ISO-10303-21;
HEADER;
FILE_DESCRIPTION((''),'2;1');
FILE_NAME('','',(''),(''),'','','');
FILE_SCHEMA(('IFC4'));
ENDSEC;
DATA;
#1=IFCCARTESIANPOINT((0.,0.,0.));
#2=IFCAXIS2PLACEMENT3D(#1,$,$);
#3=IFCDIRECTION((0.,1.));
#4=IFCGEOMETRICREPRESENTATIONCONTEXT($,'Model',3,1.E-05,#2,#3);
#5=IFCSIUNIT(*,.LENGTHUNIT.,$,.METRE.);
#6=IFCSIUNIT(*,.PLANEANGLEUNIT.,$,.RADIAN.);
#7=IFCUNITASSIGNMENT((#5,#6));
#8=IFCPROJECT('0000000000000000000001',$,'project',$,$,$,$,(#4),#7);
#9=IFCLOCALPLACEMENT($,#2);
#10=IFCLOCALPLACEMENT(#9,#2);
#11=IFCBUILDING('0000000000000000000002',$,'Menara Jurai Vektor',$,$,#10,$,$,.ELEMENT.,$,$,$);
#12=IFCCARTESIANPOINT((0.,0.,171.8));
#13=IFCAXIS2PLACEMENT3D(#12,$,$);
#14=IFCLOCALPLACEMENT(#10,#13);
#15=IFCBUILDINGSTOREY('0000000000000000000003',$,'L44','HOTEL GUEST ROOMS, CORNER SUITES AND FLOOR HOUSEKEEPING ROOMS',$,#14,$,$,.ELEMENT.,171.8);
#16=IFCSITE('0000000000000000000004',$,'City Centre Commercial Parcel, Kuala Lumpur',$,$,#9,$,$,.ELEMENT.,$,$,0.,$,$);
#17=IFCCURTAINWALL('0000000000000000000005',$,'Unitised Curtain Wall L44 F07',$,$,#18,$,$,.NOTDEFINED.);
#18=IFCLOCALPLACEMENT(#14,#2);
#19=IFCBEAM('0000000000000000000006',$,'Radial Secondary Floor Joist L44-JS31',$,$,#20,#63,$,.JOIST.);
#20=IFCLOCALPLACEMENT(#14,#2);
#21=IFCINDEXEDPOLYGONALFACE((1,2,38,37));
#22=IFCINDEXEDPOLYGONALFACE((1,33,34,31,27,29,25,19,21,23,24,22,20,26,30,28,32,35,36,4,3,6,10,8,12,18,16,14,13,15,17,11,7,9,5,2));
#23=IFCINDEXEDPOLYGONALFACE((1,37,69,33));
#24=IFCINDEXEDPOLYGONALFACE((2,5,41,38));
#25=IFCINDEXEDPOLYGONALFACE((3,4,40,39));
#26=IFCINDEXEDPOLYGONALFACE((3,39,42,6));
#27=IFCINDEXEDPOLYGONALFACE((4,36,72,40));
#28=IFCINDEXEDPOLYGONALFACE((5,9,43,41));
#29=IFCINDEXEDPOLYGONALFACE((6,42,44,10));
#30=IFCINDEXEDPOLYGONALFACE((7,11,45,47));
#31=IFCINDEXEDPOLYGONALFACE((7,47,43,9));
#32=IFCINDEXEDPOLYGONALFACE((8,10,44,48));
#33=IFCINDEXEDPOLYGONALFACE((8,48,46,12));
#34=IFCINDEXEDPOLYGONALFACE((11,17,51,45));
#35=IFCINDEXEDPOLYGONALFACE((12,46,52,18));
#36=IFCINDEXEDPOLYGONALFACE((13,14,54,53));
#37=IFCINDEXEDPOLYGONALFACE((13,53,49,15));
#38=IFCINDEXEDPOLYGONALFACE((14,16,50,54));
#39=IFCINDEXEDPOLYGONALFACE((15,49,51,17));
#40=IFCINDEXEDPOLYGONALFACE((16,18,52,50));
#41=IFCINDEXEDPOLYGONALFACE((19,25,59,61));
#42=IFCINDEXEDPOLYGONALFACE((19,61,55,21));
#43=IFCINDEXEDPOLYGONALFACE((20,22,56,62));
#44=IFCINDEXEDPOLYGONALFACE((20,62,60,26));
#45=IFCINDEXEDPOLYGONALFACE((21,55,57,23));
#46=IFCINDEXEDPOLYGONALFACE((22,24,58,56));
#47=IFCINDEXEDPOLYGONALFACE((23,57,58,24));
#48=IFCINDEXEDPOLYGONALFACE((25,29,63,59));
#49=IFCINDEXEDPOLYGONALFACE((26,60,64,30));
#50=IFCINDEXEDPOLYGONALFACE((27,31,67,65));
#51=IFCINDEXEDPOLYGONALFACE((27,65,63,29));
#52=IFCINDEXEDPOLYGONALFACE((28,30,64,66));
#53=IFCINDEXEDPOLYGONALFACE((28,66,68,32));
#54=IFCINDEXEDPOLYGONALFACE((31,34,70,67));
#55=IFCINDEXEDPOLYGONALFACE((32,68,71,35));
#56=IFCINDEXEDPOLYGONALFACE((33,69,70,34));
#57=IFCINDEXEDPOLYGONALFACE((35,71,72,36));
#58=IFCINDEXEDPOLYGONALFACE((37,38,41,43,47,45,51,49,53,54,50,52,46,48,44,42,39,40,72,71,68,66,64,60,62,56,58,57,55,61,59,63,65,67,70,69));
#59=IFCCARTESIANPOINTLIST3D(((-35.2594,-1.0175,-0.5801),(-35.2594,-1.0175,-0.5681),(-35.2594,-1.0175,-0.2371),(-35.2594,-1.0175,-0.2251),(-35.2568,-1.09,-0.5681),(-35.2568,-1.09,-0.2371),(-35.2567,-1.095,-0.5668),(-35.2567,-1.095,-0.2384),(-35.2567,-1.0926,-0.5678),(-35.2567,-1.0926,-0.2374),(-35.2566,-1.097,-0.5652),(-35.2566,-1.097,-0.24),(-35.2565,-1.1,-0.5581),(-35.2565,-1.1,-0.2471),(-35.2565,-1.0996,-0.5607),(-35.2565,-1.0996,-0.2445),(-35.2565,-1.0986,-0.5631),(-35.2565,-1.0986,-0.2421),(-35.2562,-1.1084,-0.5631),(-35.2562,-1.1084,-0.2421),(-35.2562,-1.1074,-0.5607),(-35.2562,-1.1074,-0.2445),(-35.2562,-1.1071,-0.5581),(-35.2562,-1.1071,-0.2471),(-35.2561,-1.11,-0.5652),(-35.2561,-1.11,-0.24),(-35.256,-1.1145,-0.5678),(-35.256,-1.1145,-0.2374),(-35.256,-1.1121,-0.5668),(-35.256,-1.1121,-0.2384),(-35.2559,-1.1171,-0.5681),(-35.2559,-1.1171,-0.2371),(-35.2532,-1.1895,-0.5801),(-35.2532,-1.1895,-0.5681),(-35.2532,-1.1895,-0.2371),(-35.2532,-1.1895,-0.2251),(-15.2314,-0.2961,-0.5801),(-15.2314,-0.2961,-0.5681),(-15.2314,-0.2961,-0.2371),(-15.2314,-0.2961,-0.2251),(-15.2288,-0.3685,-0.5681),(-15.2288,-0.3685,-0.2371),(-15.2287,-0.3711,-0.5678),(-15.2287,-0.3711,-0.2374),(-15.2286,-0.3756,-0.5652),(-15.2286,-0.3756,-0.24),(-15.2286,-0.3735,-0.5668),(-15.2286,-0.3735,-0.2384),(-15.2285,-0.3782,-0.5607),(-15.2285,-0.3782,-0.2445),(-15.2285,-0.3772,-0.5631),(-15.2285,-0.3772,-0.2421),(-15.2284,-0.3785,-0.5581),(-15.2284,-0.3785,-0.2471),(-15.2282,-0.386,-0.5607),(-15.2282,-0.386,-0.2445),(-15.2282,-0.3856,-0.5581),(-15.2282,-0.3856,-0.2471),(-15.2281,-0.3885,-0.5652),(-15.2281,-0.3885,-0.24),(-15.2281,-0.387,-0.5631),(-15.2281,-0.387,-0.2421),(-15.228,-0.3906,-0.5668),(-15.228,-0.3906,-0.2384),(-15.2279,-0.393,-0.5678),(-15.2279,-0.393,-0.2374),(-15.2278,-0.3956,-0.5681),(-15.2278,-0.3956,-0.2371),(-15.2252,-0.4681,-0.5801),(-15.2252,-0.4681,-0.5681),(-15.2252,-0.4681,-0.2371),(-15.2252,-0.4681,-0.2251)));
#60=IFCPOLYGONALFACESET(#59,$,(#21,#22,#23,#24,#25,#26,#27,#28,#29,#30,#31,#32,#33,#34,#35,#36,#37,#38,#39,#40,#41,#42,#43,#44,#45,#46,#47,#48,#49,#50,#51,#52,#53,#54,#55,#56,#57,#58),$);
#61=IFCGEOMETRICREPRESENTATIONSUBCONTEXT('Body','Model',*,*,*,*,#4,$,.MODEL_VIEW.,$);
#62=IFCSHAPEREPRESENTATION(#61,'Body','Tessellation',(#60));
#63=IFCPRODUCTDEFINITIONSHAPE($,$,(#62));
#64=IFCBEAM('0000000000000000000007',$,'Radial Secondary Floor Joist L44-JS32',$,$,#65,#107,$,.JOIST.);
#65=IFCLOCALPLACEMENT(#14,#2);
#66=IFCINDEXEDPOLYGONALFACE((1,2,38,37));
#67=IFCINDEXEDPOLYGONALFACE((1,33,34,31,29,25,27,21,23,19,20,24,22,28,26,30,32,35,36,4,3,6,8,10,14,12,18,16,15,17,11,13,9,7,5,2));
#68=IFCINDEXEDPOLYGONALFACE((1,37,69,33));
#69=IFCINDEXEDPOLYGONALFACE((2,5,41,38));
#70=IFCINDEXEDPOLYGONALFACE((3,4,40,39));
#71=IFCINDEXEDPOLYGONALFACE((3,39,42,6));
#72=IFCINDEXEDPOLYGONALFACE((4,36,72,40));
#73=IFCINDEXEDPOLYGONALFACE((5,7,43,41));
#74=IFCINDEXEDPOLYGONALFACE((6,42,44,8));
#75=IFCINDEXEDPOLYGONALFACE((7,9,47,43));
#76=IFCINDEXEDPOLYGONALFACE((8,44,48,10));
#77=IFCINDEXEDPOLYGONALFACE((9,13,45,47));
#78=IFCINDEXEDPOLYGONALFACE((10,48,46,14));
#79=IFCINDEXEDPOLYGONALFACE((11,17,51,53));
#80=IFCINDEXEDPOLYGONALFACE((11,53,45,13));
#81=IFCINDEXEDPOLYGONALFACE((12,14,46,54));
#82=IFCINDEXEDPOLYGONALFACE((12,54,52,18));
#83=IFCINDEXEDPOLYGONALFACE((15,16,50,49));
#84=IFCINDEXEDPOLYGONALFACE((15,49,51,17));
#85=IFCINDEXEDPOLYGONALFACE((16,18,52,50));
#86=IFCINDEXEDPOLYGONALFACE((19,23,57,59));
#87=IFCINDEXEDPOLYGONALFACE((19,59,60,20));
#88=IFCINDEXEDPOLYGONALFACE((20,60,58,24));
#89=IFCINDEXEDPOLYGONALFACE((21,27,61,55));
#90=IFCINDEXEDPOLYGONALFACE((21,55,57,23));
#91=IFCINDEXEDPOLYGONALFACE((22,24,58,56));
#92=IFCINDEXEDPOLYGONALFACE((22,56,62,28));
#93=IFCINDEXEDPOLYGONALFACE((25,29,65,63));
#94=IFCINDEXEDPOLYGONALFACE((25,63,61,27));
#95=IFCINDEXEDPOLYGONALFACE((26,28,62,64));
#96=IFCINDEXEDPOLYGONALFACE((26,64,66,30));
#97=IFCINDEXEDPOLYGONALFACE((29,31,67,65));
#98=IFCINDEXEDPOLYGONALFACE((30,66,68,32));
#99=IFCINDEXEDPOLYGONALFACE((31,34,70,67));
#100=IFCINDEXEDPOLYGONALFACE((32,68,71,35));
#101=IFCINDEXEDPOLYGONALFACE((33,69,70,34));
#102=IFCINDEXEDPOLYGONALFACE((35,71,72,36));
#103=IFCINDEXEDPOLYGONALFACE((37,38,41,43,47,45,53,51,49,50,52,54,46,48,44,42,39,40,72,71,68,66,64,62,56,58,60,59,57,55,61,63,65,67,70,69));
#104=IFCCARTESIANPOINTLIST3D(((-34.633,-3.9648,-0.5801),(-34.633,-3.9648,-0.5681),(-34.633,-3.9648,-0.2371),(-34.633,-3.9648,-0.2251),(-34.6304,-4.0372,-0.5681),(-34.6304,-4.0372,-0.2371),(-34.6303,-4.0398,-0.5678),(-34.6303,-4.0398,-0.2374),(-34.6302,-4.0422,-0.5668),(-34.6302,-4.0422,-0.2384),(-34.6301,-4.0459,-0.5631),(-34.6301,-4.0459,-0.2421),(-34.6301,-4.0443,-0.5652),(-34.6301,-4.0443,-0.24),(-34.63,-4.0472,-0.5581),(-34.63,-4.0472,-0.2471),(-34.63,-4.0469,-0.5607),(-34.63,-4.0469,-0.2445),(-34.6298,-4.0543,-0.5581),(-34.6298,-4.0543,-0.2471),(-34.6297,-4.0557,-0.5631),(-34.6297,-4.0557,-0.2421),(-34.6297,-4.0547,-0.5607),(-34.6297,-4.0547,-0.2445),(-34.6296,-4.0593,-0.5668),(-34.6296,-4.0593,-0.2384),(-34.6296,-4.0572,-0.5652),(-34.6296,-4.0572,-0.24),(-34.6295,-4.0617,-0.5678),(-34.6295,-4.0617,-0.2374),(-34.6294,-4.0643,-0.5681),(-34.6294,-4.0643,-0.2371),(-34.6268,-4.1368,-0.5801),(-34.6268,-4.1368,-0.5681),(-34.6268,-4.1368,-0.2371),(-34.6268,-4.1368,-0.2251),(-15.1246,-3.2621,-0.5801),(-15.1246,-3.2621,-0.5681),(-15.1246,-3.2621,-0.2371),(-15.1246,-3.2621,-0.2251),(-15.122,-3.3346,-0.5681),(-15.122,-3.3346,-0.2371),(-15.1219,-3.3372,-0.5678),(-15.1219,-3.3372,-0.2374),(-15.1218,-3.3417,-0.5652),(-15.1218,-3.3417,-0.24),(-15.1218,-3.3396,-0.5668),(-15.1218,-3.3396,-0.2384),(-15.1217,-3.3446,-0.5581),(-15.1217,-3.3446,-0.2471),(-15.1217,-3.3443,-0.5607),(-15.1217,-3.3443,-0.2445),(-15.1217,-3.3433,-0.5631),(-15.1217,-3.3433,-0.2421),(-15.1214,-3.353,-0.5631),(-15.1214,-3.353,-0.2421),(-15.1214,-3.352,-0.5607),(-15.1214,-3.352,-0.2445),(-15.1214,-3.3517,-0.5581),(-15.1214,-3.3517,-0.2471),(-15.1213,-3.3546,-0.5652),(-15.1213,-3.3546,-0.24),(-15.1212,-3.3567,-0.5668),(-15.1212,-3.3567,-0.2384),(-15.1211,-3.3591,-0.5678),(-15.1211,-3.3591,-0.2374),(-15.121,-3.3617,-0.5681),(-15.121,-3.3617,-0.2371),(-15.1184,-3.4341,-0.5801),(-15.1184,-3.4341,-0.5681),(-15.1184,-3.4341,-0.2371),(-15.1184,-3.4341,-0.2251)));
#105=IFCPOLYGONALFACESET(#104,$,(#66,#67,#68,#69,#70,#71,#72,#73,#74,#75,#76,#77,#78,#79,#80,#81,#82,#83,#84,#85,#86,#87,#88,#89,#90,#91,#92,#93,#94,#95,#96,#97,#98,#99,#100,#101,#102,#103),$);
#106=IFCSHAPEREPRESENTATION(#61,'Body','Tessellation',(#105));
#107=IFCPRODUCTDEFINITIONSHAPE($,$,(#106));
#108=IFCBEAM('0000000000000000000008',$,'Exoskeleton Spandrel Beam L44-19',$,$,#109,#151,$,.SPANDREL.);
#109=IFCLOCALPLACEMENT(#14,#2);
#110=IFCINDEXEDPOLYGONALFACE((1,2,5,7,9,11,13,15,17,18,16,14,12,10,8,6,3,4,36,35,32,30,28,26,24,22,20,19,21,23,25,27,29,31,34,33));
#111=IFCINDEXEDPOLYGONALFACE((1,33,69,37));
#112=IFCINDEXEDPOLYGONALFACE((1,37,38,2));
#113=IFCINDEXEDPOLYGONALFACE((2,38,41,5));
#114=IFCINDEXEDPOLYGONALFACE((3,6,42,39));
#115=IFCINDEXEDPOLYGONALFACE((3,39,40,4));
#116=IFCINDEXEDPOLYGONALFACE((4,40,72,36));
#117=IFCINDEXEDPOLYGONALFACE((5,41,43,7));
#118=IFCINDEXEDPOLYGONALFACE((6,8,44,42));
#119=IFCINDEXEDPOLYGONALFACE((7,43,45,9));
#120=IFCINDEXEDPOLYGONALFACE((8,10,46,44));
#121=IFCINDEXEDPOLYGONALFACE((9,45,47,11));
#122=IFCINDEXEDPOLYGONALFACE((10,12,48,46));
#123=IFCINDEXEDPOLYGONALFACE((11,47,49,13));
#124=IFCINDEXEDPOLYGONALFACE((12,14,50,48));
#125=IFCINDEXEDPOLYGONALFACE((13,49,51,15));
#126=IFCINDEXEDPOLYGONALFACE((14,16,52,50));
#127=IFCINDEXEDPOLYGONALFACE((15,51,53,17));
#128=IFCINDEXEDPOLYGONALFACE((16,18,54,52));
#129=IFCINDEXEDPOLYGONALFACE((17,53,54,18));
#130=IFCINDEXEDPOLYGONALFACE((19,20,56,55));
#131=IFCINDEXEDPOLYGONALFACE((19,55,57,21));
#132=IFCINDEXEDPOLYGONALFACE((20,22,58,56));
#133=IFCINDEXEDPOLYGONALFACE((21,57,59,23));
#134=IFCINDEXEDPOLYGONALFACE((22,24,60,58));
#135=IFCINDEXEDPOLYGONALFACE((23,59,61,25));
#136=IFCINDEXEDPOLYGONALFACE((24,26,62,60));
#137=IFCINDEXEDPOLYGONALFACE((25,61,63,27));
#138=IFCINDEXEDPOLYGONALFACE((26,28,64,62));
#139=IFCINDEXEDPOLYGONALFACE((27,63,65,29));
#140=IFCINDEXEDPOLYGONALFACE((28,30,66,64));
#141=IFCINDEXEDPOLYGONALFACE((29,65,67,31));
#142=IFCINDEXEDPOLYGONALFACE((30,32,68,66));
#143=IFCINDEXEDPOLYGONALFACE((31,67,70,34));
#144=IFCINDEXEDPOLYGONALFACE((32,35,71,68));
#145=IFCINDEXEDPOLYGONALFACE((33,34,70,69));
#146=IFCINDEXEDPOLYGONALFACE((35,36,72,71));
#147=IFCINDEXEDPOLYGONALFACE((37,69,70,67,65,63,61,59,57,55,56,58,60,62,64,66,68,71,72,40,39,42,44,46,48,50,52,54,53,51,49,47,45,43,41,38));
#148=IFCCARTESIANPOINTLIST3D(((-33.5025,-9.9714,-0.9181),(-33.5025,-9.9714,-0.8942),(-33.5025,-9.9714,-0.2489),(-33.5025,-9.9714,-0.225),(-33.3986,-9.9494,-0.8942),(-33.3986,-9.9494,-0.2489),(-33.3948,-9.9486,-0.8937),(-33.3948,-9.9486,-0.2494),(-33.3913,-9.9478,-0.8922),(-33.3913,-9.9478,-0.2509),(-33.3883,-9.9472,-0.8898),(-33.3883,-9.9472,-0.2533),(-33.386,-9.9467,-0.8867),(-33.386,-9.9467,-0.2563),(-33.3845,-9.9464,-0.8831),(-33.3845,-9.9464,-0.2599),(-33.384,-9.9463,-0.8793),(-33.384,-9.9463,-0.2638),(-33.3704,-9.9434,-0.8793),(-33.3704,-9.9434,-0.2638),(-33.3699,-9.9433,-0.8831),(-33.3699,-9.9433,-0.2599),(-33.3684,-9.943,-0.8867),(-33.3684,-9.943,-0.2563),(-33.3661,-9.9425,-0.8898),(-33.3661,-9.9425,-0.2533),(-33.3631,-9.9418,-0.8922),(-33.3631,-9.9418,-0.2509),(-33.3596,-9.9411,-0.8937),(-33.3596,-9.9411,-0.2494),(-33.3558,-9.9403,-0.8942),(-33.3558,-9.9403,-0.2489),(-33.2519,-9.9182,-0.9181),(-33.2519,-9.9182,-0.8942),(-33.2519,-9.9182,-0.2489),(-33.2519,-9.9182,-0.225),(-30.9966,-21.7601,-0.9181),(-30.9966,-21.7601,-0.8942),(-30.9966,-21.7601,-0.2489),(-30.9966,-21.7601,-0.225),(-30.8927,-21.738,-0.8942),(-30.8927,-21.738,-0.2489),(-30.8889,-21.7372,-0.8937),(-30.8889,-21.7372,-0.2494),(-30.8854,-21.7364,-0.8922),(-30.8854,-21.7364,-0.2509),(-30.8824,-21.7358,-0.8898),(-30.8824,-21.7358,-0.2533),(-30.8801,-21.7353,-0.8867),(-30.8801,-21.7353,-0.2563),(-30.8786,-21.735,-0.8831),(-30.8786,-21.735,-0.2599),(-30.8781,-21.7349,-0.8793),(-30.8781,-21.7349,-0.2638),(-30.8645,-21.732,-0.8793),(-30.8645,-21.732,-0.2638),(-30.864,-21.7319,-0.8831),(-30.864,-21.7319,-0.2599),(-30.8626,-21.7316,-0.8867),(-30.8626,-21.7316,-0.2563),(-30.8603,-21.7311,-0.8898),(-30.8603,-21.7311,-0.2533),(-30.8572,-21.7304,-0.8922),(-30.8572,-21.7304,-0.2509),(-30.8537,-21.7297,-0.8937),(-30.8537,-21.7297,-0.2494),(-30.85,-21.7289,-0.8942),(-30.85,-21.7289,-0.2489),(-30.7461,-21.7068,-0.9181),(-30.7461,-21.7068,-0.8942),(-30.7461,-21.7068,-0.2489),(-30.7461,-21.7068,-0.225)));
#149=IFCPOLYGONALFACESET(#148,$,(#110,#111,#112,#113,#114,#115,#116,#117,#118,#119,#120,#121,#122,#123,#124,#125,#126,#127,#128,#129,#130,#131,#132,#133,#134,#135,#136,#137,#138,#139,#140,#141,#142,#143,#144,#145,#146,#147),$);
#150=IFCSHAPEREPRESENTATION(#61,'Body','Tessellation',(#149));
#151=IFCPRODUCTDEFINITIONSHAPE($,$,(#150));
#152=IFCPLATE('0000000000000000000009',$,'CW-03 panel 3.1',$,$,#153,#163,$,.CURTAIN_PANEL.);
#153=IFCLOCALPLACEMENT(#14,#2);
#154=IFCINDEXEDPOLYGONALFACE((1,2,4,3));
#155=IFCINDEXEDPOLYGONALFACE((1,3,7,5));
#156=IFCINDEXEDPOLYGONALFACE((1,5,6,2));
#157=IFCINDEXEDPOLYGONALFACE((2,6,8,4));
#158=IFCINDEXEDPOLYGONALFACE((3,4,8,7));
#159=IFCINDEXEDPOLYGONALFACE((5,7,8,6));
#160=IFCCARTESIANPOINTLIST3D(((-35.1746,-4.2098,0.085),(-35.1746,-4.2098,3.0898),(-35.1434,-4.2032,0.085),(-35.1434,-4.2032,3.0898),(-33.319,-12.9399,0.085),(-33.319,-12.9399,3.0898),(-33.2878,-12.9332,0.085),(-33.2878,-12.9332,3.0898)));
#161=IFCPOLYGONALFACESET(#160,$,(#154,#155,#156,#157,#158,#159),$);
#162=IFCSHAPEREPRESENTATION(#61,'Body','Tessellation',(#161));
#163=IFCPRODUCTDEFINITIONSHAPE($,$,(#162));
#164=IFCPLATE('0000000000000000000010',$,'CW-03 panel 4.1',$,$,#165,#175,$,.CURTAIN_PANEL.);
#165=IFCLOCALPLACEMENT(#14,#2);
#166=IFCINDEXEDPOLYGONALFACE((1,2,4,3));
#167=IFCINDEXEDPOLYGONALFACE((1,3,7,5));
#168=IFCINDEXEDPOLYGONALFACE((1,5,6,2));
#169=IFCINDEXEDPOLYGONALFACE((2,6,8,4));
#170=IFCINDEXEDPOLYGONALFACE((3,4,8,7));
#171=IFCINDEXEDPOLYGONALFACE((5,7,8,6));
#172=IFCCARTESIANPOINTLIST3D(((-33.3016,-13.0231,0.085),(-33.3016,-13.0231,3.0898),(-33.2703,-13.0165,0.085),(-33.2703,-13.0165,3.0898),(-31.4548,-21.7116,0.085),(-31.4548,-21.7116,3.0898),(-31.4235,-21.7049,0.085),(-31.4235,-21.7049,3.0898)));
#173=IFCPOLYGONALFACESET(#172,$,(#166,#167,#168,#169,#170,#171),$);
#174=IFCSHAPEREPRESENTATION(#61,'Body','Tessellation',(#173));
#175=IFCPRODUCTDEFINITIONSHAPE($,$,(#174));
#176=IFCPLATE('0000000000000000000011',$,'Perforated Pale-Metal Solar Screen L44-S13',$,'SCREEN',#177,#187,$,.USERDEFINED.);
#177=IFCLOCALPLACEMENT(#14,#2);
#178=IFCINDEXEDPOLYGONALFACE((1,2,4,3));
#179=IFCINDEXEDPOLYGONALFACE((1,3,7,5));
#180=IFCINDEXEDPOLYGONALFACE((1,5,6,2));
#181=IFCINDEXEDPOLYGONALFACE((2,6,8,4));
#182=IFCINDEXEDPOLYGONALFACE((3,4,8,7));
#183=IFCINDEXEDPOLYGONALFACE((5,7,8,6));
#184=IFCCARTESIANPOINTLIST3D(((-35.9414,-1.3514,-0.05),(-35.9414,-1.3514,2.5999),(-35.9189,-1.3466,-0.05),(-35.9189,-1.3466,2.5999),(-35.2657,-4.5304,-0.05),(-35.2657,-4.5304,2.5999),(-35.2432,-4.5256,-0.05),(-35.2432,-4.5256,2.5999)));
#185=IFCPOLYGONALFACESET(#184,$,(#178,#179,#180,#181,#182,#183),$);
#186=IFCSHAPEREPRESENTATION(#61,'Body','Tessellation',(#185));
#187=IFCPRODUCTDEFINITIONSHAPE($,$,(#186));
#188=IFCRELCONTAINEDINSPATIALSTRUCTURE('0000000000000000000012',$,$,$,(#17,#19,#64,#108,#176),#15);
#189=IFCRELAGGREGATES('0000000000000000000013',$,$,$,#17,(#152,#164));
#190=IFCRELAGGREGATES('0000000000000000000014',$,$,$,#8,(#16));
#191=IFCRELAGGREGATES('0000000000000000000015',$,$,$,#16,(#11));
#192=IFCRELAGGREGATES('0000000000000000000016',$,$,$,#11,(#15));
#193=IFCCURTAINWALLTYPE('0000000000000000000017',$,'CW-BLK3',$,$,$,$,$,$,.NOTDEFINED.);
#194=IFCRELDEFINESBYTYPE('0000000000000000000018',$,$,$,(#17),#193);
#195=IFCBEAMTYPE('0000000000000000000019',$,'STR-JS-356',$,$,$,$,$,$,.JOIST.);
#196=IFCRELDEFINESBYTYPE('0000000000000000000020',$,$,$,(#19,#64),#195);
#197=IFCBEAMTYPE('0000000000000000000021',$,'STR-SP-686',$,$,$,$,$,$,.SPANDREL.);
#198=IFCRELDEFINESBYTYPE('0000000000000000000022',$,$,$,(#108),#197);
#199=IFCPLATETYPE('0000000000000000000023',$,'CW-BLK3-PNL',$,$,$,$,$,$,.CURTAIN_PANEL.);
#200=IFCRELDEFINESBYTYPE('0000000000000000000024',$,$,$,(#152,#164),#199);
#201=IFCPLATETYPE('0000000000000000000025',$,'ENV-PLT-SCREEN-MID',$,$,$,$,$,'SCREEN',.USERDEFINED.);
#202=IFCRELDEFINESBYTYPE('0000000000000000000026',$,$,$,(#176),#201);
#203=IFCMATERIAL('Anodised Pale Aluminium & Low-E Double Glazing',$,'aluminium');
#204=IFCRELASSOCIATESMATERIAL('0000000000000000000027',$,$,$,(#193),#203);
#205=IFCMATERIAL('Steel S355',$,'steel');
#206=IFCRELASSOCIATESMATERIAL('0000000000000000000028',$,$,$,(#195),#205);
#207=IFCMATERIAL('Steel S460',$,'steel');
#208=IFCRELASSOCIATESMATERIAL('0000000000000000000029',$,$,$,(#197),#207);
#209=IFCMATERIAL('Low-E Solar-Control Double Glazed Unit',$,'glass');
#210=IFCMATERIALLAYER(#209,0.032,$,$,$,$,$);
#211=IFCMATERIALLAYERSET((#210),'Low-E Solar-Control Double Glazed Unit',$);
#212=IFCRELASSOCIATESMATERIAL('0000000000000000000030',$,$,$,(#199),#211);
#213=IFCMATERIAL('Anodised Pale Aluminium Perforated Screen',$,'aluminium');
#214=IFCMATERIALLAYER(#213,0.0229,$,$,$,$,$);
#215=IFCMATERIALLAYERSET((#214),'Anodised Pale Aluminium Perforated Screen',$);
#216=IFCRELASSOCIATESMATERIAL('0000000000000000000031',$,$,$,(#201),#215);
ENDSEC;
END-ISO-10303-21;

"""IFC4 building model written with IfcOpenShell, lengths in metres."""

from ifc_helpers import new_model, si_unit, direction, frame, origin, origin_2d, place, context, subcontext, project, spatial, rectangle, i_section, extrude, material, layer, layer_set, material_profile, profile_set, type_object, element, aggregate, save


model = new_model("IFC4")

# Units and contexts
model_context = context("Model", 3, precision=1e-05, world=origin(), true_north=direction((0.0, 1.0)))
body_context = subcontext(model_context, "Body", "Model", "MODEL_VIEW")
ifc_project = project(units=[si_unit("LENGTHUNIT", "METRE"), si_unit("PLANEANGLEUNIT", "RADIAN")], contexts=[model_context])

# Site, building, storey
site_placement = place(None, origin())
site = spatial("IfcSite", under=ifc_project, at=site_placement, Name="City Centre Commercial Parcel, Kuala Lumpur", CompositionType="ELEMENT", RefElevation=0.0)
building_placement = place(site_placement, origin())
building = spatial("IfcBuilding", under=site, at=building_placement, Name="Menara Jurai Vektor", CompositionType="ELEMENT")
storey_placement = place(building_placement, frame((0.0, 0.0, 171.8)))
storey = spatial("IfcBuildingStorey", under=building, at=storey_placement, Name="L44", Description="HOTEL GUEST ROOMS, CORNER SUITES AND FLOOR HOUSEKEEPING ROOMS", CompositionType="ELEMENT", Elevation=171.8)

# Shared definitions
ifc_material_1 = material(Name="Steel S460", Category="steel")

# Curtain wall
ifc_material_2 = material(Name="Anodised Pale Aluminium & Low-E Double Glazing", Category="aluminium")
curtain_wall_type = type_object("IfcCurtainWallType", Name="CW-BLK3", PredefinedType="NOTDEFINED", material=ifc_material_2)
curtain_wall_placement = place(storey_placement, origin())
curtain_wall = element("IfcCurtainWall", 1, at=curtain_wall_placement, inside=storey, type_object=curtain_wall_type, Name="Unitised Curtain Wall L44 F07", PredefinedType="NOTDEFINED")

# Beams
ifc_material_3 = material(Name="Steel S355", Category="steel")
ifc_material_profile_1 = material_profile(ifc_material_3, i_section(OverallWidth=0.1721, OverallDepth=0.355, WebThickness=0.0071, FlangeThickness=0.012, FilletRadius=0.01, at=origin_2d()), Name="UKB 356x171x51")
ifc_profile_set_1 = profile_set([ifc_material_profile_1], Name="Steel S355")
beam_type_1 = type_object("IfcBeamType", Name="STR-JS-356", PredefinedType="JOIST", material=ifc_profile_set_1)
beam_1_placement = place(storey_placement, frame((-35.2563, -1.1035, -0.4026), z_axis=(0.999352, 0.035998, 0.0), x_axis=(-0.035998, 0.999352, 0.0)))
element("IfcBeam", 2, at=beam_1_placement, inside=storey, type_object=beam_type_1, Name="Radial Secondary Floor Joist L44-JS31", PredefinedType="JOIST", context=body_context, shape_type="SweptSolid", body=[
    extrude(i_section(OverallWidth=0.1721, OverallDepth=0.355, WebThickness=0.0071, FlangeThickness=0.012, FilletRadius=0.01, at=origin_2d()), origin(), (0.0, 0.0, 1.0), 20.041),
])
beam_2_placement = place(storey_placement, frame((-34.6299, -4.0508, -0.4026), z_axis=(0.999352, 0.035994, 0.0), x_axis=(-0.035994, 0.999352, 0.0)))
element("IfcBeam", 3, at=beam_2_placement, inside=storey, type_object=beam_type_1, Name="Radial Secondary Floor Joist L44-JS32", PredefinedType="JOIST", context=body_context, shape_type="SweptSolid", body=[
    extrude(i_section(OverallWidth=0.1721, OverallDepth=0.355, WebThickness=0.0071, FlangeThickness=0.012, FilletRadius=0.01, at=origin_2d()), origin(), (0.0, 0.0, 1.0), 19.521),
])
ifc_material_profile_2 = material_profile(ifc_material_1, i_section(OverallWidth=0.2561, OverallDepth=0.6931, WebThickness=0.0139, FlangeThickness=0.0239, FilletRadius=0.0149, at=origin_2d()), Name="UKB 686x254x170")
ifc_profile_set_2 = profile_set([ifc_material_profile_2], Name="Steel S460")
beam_type_2 = type_object("IfcBeamType", Name="STR-SP-686", PredefinedType="SPANDREL", material=ifc_profile_set_2)
beam_3_placement = place(storey_placement, frame((-33.3772, -9.9448, -0.5715), z_axis=(0.207921, -0.978146, 0.0), x_axis=(0.978146, 0.207921, 0.0)))
element("IfcBeam", 4, at=beam_3_placement, inside=storey, type_object=beam_type_2, Name="Exoskeleton Spandrel Beam L44-19", PredefinedType="SPANDREL", context=body_context, shape_type="SweptSolid", body=[
    extrude(i_section(OverallWidth=0.2561, OverallDepth=0.6931, WebThickness=0.0139, FlangeThickness=0.0239, FilletRadius=0.0149, at=origin_2d()), origin(), (0.0, 0.0, 1.0), 12.052),
])

# Plates
ifc_material_4 = material(Name="Low-E Solar-Control Double Glazed Unit", Category="glass")
ifc_layer_1 = layer(ifc_material_4, 0.032)
ifc_layer_set_1 = layer_set([ifc_layer_1], Name="Low-E Solar-Control Double Glazed Unit")
plate_type_1 = type_object("IfcPlateType", Name="CW-BLK3-PNL", PredefinedType="CURTAIN_PANEL", material=ifc_layer_set_1)
plate_1_placement = place(storey_placement, frame((-34.2312, -8.5715, 0.085), z_axis=(0.0, 0.0, 1.0), x_axis=(0.20791, -0.978148, 0.0)))
plate_1 = element("IfcPlate", 5, at=plate_1_placement, type_object=plate_type_1, Name="CW-03 panel 3.1", PredefinedType="CURTAIN_PANEL", context=body_context, shape_type="SweptSolid", body=[
    extrude(rectangle(XDim=8.925, YDim=0.032, at=origin_2d()), origin(), (0.0, 0.0, 1.0), 3.0049),
])
plate_2_placement = place(storey_placement, frame((-32.3625, -17.364, 0.085), z_axis=(0.0, 0.0, 1.0), x_axis=(0.20791, -0.978148, 0.0)))
plate_2 = element("IfcPlate", 6, at=plate_2_placement, type_object=plate_type_1, Name="CW-03 panel 4.1", PredefinedType="CURTAIN_PANEL", context=body_context, shape_type="SweptSolid", body=[
    extrude(rectangle(XDim=8.8826, YDim=0.032, at=origin_2d()), origin(), (0.0, 0.0, 1.0), 3.0049),
])
aggregate(curtain_wall, [plate_1, plate_2])

# Plate
ifc_material_5 = material(Name="Anodised Pale Aluminium Perforated Screen", Category="aluminium")
ifc_layer_2 = layer(ifc_material_5, 0.0229)
ifc_layer_set_2 = layer_set([ifc_layer_2], Name="Anodised Pale Aluminium Perforated Screen")
plate_type_2 = type_object("IfcPlateType", Name="ENV-PLT-SCREEN-MID", ElementType="SCREEN", PredefinedType="USERDEFINED", material=ifc_layer_set_2)
for number, where, z_axis, x_axis, name in (
    (7, (-35.5923, -2.9385, -0.05), (0.0, 0.0, 1.0), (0.207912, -0.978148, 0.0), "Perforated Pale-Metal Solar Screen L44-S13"),
):
    element("IfcPlate", number, at=place(storey_placement, frame(where, z_axis=z_axis, x_axis=x_axis)), inside=storey, type_object=plate_type_2, Name=name, ObjectType="SCREEN", PredefinedType="USERDEFINED", context=body_context, shape_type="SweptSolid", body=[
        extrude(rectangle(XDim=3.25, YDim=0.0229, at=origin_2d()), origin(), (0.0, 0.0, 1.0), 2.6499),
    ])

save(model, "model.ifc")
